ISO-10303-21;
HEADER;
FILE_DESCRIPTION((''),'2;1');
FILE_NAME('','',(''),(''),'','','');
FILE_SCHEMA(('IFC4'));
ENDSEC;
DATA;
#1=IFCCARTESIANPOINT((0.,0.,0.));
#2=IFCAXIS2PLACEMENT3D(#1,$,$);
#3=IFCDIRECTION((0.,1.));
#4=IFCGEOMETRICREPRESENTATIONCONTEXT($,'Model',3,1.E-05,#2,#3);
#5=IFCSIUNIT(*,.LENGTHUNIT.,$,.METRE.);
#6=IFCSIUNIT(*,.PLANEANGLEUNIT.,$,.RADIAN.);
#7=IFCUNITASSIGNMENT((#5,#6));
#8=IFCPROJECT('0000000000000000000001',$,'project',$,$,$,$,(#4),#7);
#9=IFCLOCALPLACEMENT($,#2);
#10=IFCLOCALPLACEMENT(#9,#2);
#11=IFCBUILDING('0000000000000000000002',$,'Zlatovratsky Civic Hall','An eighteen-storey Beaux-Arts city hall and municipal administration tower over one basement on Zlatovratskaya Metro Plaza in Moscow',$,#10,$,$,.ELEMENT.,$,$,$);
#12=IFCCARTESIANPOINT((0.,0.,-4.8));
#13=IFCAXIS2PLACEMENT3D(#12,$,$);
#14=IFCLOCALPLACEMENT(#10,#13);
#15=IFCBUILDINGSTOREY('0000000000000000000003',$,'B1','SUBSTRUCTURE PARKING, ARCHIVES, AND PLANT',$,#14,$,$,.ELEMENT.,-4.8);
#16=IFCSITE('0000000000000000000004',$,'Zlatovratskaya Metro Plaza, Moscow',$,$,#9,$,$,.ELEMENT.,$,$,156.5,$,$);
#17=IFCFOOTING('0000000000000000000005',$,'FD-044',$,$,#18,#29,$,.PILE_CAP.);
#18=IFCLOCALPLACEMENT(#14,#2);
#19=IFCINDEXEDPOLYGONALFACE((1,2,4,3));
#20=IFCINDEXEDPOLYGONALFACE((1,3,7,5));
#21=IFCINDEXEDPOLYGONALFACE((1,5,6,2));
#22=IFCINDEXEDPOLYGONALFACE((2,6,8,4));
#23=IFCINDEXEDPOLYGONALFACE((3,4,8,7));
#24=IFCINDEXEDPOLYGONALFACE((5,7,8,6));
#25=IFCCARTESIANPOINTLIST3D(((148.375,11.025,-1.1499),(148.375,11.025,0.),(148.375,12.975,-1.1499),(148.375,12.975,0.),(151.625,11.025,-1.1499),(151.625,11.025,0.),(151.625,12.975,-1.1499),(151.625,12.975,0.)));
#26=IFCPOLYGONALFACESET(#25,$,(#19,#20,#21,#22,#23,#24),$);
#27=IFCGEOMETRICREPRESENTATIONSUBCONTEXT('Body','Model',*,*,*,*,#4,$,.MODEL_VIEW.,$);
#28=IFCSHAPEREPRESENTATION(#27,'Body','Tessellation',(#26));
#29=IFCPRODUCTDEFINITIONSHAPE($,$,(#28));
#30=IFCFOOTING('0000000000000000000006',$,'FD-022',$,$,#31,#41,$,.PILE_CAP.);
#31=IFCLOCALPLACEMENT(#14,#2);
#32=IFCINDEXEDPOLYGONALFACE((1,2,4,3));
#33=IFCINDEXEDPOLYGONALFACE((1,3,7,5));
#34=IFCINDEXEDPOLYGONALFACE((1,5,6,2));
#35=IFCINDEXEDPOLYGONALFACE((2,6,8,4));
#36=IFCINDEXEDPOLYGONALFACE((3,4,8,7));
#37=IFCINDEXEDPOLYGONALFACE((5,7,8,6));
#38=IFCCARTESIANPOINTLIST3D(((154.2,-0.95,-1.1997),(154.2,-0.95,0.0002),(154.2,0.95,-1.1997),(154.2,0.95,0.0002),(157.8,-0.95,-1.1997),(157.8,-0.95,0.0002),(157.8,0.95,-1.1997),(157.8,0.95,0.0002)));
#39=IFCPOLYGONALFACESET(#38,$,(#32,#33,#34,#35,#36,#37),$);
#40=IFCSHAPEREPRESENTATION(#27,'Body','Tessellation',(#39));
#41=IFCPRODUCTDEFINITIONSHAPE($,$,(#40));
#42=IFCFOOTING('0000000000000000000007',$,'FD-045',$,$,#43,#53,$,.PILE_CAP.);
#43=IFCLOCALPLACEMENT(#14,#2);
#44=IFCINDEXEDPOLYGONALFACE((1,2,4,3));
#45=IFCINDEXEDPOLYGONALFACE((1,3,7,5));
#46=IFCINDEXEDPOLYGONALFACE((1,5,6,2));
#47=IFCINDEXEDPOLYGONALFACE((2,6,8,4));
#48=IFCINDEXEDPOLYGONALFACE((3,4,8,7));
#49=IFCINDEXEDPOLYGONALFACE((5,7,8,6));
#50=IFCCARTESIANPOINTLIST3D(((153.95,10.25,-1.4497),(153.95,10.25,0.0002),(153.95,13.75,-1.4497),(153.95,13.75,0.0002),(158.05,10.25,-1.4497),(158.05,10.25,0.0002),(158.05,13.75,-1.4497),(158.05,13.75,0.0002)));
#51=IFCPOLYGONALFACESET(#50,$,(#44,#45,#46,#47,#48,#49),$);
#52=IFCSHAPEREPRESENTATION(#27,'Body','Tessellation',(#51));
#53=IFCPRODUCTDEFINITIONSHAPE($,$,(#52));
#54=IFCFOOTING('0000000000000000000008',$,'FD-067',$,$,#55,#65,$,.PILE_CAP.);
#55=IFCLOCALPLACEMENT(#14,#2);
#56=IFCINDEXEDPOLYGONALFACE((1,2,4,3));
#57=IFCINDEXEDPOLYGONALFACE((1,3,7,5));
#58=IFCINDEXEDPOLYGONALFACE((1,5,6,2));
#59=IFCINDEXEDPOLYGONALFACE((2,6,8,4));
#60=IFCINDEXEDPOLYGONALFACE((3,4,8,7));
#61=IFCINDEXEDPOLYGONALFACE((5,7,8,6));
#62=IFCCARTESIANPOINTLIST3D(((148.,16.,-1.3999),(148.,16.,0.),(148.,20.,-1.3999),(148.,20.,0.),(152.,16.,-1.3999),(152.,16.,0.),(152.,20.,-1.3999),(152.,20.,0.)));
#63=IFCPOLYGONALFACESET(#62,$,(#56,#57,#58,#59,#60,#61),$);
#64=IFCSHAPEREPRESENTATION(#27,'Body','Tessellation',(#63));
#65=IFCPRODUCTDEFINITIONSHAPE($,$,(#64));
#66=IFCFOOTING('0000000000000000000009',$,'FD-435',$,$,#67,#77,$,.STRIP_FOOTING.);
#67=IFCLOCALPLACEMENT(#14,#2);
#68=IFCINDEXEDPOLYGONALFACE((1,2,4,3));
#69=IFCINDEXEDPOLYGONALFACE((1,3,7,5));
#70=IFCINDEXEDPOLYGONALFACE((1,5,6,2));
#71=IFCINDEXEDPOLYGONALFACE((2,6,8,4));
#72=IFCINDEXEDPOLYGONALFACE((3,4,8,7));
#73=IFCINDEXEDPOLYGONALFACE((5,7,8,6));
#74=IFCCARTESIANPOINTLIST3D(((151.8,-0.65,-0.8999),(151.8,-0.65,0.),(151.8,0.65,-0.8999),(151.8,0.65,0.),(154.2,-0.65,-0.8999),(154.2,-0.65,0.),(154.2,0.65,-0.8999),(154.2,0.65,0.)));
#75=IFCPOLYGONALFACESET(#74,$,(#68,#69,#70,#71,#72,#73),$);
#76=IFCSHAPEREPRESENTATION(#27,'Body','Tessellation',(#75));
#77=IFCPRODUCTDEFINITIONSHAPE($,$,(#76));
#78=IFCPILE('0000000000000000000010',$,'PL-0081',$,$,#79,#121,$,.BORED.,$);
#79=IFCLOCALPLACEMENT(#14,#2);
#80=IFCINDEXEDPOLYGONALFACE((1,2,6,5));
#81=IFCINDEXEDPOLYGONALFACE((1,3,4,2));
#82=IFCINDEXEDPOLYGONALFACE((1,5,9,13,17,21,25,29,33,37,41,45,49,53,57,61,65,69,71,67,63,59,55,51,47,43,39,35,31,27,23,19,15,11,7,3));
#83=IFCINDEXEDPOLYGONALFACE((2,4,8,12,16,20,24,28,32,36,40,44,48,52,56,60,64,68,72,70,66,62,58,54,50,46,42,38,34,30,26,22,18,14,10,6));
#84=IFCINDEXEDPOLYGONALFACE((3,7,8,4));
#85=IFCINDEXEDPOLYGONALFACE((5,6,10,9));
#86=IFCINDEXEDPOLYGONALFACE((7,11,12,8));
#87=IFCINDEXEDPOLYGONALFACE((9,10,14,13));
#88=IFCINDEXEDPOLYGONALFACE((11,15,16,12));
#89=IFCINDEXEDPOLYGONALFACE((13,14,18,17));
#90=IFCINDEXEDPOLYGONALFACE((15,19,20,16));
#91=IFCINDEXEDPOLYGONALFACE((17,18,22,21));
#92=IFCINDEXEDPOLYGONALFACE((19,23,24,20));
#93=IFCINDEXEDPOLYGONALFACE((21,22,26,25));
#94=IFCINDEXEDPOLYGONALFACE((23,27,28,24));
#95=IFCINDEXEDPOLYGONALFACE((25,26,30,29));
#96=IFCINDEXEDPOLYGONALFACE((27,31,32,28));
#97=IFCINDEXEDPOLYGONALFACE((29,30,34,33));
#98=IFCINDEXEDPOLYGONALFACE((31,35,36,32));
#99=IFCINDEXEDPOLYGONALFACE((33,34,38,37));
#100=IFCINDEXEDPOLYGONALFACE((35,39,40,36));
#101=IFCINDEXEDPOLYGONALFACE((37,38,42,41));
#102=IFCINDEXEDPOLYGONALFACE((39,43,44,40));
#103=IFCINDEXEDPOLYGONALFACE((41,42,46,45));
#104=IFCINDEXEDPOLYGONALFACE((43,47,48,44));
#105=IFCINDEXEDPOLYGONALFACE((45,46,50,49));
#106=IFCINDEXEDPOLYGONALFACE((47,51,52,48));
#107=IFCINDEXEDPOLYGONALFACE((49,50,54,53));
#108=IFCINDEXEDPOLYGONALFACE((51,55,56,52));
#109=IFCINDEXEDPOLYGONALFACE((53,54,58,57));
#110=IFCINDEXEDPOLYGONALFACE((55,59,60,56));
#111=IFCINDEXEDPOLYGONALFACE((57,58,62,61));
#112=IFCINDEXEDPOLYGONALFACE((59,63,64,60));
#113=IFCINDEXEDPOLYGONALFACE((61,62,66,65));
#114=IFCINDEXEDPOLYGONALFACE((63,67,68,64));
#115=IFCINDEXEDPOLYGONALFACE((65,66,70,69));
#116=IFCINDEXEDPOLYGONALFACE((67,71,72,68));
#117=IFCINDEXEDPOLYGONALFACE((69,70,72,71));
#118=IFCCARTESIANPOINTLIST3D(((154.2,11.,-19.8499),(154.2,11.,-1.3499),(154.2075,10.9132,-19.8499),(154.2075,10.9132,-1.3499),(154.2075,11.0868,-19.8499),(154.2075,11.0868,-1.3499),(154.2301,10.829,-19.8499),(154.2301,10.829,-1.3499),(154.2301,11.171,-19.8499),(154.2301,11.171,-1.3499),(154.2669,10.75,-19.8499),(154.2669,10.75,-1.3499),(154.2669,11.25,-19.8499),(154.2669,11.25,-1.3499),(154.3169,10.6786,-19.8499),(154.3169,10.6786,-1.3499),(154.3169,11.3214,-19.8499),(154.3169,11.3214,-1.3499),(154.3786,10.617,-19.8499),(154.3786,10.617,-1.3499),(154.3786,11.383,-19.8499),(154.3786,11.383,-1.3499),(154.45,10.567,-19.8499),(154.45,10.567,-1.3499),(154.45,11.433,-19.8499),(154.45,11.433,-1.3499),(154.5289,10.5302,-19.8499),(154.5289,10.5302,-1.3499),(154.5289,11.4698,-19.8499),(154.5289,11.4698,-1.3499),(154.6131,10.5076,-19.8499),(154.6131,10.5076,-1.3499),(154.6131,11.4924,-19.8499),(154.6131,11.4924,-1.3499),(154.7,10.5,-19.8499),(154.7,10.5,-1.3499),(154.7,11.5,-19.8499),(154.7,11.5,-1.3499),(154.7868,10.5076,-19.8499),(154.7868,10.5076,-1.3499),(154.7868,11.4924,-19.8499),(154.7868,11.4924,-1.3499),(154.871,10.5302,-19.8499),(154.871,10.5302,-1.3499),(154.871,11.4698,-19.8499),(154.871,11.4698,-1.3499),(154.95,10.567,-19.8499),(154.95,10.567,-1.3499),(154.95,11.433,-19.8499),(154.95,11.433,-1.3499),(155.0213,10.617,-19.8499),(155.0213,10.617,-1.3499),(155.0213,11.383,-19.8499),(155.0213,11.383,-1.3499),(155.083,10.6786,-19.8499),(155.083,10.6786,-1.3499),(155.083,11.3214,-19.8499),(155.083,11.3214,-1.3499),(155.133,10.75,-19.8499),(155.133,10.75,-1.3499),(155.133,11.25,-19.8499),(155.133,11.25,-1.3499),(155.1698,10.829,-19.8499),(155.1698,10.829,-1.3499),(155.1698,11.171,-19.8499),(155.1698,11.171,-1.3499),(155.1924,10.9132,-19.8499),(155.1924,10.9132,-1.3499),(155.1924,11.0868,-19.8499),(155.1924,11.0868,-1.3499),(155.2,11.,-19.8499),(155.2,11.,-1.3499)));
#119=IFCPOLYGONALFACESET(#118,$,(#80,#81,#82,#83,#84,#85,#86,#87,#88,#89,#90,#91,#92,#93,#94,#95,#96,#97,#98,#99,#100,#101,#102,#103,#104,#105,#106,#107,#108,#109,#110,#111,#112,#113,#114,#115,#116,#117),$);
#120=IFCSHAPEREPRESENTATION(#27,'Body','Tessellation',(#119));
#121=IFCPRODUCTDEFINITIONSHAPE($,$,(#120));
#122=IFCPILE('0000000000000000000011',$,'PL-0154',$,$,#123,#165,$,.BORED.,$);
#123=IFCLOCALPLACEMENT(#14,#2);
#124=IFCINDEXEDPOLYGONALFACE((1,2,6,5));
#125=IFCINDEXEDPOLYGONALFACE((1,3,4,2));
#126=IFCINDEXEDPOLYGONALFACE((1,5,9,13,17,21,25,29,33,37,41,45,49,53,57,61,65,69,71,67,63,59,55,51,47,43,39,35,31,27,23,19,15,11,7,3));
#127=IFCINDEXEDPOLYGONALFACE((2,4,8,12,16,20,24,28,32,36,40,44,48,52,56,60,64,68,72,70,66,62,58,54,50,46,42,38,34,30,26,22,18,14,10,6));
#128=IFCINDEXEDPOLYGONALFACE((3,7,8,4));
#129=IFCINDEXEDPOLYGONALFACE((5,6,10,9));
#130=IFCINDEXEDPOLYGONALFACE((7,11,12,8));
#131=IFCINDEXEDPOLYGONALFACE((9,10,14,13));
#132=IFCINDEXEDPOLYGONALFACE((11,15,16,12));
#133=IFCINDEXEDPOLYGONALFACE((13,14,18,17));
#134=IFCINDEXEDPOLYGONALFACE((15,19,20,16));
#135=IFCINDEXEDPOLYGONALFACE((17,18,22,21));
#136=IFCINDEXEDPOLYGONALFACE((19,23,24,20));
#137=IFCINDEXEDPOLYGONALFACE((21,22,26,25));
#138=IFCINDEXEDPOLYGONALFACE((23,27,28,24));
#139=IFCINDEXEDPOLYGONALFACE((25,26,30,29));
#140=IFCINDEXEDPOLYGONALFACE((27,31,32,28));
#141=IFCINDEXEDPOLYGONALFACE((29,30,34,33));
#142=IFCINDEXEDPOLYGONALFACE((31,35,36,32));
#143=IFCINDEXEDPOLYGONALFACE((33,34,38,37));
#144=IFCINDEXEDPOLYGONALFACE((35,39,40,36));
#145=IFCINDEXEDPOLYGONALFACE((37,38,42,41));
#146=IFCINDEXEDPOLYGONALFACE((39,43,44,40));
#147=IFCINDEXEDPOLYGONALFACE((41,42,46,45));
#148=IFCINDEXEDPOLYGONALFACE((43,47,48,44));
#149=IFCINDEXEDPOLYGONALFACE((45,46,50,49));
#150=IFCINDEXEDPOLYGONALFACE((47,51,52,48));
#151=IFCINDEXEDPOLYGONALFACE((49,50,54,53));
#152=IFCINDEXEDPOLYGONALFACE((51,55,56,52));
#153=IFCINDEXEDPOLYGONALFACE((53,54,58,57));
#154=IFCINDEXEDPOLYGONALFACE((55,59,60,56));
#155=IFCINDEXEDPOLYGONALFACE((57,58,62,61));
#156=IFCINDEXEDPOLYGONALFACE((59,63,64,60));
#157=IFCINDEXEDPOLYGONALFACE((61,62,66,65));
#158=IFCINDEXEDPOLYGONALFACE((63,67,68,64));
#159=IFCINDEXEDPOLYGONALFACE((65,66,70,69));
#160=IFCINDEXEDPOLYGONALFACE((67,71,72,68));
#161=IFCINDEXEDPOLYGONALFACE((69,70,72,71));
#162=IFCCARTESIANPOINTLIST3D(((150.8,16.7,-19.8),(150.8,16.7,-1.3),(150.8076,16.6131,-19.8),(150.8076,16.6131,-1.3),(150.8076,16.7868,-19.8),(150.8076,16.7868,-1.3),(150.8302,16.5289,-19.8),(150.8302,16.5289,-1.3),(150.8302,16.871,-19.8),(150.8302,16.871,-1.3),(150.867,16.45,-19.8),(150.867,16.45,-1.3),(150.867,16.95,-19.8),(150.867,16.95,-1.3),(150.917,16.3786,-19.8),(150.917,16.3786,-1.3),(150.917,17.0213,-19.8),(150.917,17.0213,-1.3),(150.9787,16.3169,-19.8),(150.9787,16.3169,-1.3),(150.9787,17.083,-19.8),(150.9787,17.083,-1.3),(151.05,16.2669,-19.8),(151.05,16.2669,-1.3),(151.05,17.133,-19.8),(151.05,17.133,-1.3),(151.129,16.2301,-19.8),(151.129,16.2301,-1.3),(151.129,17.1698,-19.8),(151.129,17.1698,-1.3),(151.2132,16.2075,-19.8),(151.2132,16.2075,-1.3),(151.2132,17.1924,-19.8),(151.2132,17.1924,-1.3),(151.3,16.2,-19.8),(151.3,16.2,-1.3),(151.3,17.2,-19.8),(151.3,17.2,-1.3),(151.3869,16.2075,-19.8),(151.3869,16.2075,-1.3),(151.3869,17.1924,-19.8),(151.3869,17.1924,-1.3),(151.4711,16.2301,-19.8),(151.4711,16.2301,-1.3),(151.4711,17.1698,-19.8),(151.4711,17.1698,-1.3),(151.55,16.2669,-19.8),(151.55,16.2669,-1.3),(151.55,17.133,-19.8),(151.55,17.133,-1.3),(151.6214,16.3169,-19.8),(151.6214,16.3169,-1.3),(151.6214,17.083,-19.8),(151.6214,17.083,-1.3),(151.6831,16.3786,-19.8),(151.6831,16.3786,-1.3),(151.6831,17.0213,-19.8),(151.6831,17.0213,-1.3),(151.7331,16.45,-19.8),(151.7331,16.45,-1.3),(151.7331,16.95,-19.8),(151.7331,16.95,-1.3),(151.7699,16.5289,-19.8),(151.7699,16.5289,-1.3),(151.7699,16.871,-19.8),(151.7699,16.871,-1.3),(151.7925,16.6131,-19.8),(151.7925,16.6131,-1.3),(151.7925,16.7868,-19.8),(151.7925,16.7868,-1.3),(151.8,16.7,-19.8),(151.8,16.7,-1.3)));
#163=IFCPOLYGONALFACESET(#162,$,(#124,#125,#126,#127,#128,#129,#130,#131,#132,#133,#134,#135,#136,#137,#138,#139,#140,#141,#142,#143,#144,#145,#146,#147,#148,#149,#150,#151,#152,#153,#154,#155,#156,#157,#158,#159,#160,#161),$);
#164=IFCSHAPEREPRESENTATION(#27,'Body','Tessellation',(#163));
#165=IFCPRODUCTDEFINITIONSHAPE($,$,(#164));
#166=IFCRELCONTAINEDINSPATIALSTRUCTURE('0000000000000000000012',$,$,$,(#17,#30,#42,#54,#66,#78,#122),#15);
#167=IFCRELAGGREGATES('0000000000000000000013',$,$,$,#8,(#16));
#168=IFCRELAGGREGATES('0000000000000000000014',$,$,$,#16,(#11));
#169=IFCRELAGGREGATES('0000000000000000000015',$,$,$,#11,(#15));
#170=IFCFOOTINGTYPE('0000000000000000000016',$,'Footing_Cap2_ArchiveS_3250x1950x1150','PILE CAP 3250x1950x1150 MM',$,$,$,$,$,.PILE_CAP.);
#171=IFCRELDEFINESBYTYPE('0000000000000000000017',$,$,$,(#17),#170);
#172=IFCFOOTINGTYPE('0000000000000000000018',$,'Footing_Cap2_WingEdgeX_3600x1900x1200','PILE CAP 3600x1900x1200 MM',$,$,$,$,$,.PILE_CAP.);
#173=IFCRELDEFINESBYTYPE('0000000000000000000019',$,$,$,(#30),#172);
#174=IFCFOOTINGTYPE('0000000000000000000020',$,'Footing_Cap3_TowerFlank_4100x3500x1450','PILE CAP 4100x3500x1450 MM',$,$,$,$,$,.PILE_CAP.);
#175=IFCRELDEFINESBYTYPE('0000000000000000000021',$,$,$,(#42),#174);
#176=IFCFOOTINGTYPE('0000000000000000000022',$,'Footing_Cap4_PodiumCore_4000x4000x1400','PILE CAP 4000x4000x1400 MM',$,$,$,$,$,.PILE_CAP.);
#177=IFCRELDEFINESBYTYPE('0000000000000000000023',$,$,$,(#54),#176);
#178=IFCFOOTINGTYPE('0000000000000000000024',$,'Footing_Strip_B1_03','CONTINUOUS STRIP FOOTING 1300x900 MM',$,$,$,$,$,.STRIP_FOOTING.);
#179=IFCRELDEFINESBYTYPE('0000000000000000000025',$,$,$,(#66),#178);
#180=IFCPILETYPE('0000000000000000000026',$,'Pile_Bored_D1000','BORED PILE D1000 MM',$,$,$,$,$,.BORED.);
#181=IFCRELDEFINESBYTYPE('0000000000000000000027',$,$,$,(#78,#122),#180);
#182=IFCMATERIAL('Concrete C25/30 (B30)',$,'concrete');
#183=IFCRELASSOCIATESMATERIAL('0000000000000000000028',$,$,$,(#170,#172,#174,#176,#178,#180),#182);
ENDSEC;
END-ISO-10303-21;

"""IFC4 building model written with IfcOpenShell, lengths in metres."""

from ifc_helpers import new_model, si_unit, direction, frame, origin, origin_2d, place, context, subcontext, project, spatial, rectangle, circle, extrude, material, material_profile, profile_set, type_object, element, save


model = new_model("IFC4")

# Units and contexts
model_context = context("Model", 3, precision=1e-05, world=origin(), true_north=direction((0.0, 1.0)))
body_context = subcontext(model_context, "Body", "Model", "MODEL_VIEW")
ifc_project = project(units=[si_unit("LENGTHUNIT", "METRE"), si_unit("PLANEANGLEUNIT", "RADIAN")], contexts=[model_context])

# Site, building, storey
site_placement = place(None, origin())
site = spatial("IfcSite", under=ifc_project, at=site_placement, Name="Zlatovratskaya Metro Plaza, Moscow", CompositionType="ELEMENT", RefElevation=156.5)
building_placement = place(site_placement, origin())
building = spatial("IfcBuilding", under=site, at=building_placement, Name="Zlatovratsky Civic Hall", Description="An eighteen-storey Beaux-Arts city hall and municipal administration tower over one basement on Zlatovratskaya Metro Plaza in Moscow", CompositionType="ELEMENT")
storey_placement = place(building_placement, frame((0.0, 0.0, -4.8)))
storey = spatial("IfcBuildingStorey", under=building, at=storey_placement, Name="B1", Description="SUBSTRUCTURE PARKING, ARCHIVES, AND PLANT", CompositionType="ELEMENT", Elevation=-4.8)

# Footings
ifc_material_1 = material(Name="Concrete C25/30 (B30)", Category="concrete")
footing_type_1 = type_object("IfcFootingType", Name="Footing_Cap2_ArchiveS_3250x1950x1150", Description="PILE CAP 3250x1950x1150 MM", PredefinedType="PILE_CAP", material=ifc_material_1)
footing_1_placement = place(storey_placement, frame((150.0, 12.0, -1.1499), z_axis=(0.0, 0.0, 1.0), x_axis=(1.0, 0.0, 0.0)))
element("IfcFooting", 1, at=footing_1_placement, inside=storey, type_object=footing_type_1, Name="FD-044", PredefinedType="PILE_CAP", context=body_context, shape_type="SweptSolid", body=[
    extrude(rectangle(XDim=3.25, YDim=1.95, at=origin_2d()), origin(), (0.0, 0.0, 1.0), 1.1499),
])
footing_type_2 = type_object("IfcFootingType", Name="Footing_Cap2_WingEdgeX_3600x1900x1200", Description="PILE CAP 3600x1900x1200 MM", PredefinedType="PILE_CAP", material=ifc_material_1)
footing_2_placement = place(storey_placement, frame((156.0, 0.0, -1.1997), z_axis=(0.0, 0.0, 1.0), x_axis=(1.0, 0.0, 0.0)))
element("IfcFooting", 2, at=footing_2_placement, inside=storey, type_object=footing_type_2, Name="FD-022", PredefinedType="PILE_CAP", context=body_context, shape_type="SweptSolid", body=[
    extrude(rectangle(XDim=3.6001, YDim=1.8999, at=origin_2d()), origin(), (0.0, 0.0, 1.0), 1.2),
])
footing_type_3 = type_object("IfcFootingType", Name="Footing_Cap3_TowerFlank_4100x3500x1450", Description="PILE CAP 4100x3500x1450 MM", PredefinedType="PILE_CAP", material=ifc_material_1)
footing_3_placement = place(storey_placement, frame((156.0, 12.0, -1.4497), z_axis=(0.0, 0.0, 1.0), x_axis=(1.0, 0.0, 0.0)))
element("IfcFooting", 3, at=footing_3_placement, inside=storey, type_object=footing_type_3, Name="FD-045", PredefinedType="PILE_CAP", context=body_context, shape_type="SweptSolid", body=[
    extrude(rectangle(XDim=4.1001, YDim=3.5, at=origin_2d()), origin(), (0.0, 0.0, 1.0), 1.45),
])
footing_type_4 = type_object("IfcFootingType", Name="Footing_Cap4_PodiumCore_4000x4000x1400", Description="PILE CAP 4000x4000x1400 MM", PredefinedType="PILE_CAP", material=ifc_material_1)
footing_4_placement = place(storey_placement, frame((150.0, 18.0, -1.3999), z_axis=(0.0, 0.0, 1.0), x_axis=(1.0, 0.0, 0.0)))
element("IfcFooting", 4, at=footing_4_placement, inside=storey, type_object=footing_type_4, Name="FD-067", PredefinedType="PILE_CAP", context=body_context, shape_type="SweptSolid", body=[
    extrude(rectangle(XDim=4.0, YDim=4.0, at=origin_2d()), origin(), (0.0, 0.0, 1.0), 1.3999),
])
footing_type_5 = type_object("IfcFootingType", Name="Footing_Strip_B1_03", Description="CONTINUOUS STRIP FOOTING 1300x900 MM", PredefinedType="STRIP_FOOTING", material=ifc_material_1)
footing_5_placement = place(storey_placement, frame((153.0, 0.0, -0.8999), z_axis=(0.0, 0.0, 1.0), x_axis=(1.0, 0.0, 0.0)))
element("IfcFooting", 5, at=footing_5_placement, inside=storey, type_object=footing_type_5, Name="FD-435", PredefinedType="STRIP_FOOTING", context=body_context, shape_type="SweptSolid", body=[
    extrude(rectangle(XDim=2.3999, YDim=1.3, at=origin_2d()), origin(), (0.0, 0.0, 1.0), 0.8999),
])

# Piles
ifc_material_profile_1 = material_profile(ifc_material_1, circle(Radius=0.5, at=origin_2d()), Name="PILE D1000")
ifc_profile_set_1 = profile_set([ifc_material_profile_1], Name="Concrete C25/30 (B30)")
pile_type_1 = type_object("IfcPileType", Name="Pile_Bored_D1000", Description="BORED PILE D1000 MM", PredefinedType="BORED", material=ifc_profile_set_1)
for number, where, z_axis, x_axis, name in (
    (6, (154.7, 11.0, -1.3499), (0.0, 0.0, -1.0), (1.0, 0.0, 0.0), "PL-0081"),
    (7, (151.3, 16.7, -1.3), (0.0, 0.0, -1.0), (1.0, 0.0, 0.0), "PL-0154"),
):
    element("IfcPile", number, at=place(storey_placement, frame(where, z_axis=z_axis, x_axis=x_axis)), inside=storey, type_object=pile_type_1, Name=name, PredefinedType="BORED", context=body_context, shape_type="SweptSolid", body=[
        extrude(circle(Radius=0.5, at=origin_2d()), origin(), (0.0, 0.0, 1.0), 18.5),
    ])

save(model, "model.ifc")
